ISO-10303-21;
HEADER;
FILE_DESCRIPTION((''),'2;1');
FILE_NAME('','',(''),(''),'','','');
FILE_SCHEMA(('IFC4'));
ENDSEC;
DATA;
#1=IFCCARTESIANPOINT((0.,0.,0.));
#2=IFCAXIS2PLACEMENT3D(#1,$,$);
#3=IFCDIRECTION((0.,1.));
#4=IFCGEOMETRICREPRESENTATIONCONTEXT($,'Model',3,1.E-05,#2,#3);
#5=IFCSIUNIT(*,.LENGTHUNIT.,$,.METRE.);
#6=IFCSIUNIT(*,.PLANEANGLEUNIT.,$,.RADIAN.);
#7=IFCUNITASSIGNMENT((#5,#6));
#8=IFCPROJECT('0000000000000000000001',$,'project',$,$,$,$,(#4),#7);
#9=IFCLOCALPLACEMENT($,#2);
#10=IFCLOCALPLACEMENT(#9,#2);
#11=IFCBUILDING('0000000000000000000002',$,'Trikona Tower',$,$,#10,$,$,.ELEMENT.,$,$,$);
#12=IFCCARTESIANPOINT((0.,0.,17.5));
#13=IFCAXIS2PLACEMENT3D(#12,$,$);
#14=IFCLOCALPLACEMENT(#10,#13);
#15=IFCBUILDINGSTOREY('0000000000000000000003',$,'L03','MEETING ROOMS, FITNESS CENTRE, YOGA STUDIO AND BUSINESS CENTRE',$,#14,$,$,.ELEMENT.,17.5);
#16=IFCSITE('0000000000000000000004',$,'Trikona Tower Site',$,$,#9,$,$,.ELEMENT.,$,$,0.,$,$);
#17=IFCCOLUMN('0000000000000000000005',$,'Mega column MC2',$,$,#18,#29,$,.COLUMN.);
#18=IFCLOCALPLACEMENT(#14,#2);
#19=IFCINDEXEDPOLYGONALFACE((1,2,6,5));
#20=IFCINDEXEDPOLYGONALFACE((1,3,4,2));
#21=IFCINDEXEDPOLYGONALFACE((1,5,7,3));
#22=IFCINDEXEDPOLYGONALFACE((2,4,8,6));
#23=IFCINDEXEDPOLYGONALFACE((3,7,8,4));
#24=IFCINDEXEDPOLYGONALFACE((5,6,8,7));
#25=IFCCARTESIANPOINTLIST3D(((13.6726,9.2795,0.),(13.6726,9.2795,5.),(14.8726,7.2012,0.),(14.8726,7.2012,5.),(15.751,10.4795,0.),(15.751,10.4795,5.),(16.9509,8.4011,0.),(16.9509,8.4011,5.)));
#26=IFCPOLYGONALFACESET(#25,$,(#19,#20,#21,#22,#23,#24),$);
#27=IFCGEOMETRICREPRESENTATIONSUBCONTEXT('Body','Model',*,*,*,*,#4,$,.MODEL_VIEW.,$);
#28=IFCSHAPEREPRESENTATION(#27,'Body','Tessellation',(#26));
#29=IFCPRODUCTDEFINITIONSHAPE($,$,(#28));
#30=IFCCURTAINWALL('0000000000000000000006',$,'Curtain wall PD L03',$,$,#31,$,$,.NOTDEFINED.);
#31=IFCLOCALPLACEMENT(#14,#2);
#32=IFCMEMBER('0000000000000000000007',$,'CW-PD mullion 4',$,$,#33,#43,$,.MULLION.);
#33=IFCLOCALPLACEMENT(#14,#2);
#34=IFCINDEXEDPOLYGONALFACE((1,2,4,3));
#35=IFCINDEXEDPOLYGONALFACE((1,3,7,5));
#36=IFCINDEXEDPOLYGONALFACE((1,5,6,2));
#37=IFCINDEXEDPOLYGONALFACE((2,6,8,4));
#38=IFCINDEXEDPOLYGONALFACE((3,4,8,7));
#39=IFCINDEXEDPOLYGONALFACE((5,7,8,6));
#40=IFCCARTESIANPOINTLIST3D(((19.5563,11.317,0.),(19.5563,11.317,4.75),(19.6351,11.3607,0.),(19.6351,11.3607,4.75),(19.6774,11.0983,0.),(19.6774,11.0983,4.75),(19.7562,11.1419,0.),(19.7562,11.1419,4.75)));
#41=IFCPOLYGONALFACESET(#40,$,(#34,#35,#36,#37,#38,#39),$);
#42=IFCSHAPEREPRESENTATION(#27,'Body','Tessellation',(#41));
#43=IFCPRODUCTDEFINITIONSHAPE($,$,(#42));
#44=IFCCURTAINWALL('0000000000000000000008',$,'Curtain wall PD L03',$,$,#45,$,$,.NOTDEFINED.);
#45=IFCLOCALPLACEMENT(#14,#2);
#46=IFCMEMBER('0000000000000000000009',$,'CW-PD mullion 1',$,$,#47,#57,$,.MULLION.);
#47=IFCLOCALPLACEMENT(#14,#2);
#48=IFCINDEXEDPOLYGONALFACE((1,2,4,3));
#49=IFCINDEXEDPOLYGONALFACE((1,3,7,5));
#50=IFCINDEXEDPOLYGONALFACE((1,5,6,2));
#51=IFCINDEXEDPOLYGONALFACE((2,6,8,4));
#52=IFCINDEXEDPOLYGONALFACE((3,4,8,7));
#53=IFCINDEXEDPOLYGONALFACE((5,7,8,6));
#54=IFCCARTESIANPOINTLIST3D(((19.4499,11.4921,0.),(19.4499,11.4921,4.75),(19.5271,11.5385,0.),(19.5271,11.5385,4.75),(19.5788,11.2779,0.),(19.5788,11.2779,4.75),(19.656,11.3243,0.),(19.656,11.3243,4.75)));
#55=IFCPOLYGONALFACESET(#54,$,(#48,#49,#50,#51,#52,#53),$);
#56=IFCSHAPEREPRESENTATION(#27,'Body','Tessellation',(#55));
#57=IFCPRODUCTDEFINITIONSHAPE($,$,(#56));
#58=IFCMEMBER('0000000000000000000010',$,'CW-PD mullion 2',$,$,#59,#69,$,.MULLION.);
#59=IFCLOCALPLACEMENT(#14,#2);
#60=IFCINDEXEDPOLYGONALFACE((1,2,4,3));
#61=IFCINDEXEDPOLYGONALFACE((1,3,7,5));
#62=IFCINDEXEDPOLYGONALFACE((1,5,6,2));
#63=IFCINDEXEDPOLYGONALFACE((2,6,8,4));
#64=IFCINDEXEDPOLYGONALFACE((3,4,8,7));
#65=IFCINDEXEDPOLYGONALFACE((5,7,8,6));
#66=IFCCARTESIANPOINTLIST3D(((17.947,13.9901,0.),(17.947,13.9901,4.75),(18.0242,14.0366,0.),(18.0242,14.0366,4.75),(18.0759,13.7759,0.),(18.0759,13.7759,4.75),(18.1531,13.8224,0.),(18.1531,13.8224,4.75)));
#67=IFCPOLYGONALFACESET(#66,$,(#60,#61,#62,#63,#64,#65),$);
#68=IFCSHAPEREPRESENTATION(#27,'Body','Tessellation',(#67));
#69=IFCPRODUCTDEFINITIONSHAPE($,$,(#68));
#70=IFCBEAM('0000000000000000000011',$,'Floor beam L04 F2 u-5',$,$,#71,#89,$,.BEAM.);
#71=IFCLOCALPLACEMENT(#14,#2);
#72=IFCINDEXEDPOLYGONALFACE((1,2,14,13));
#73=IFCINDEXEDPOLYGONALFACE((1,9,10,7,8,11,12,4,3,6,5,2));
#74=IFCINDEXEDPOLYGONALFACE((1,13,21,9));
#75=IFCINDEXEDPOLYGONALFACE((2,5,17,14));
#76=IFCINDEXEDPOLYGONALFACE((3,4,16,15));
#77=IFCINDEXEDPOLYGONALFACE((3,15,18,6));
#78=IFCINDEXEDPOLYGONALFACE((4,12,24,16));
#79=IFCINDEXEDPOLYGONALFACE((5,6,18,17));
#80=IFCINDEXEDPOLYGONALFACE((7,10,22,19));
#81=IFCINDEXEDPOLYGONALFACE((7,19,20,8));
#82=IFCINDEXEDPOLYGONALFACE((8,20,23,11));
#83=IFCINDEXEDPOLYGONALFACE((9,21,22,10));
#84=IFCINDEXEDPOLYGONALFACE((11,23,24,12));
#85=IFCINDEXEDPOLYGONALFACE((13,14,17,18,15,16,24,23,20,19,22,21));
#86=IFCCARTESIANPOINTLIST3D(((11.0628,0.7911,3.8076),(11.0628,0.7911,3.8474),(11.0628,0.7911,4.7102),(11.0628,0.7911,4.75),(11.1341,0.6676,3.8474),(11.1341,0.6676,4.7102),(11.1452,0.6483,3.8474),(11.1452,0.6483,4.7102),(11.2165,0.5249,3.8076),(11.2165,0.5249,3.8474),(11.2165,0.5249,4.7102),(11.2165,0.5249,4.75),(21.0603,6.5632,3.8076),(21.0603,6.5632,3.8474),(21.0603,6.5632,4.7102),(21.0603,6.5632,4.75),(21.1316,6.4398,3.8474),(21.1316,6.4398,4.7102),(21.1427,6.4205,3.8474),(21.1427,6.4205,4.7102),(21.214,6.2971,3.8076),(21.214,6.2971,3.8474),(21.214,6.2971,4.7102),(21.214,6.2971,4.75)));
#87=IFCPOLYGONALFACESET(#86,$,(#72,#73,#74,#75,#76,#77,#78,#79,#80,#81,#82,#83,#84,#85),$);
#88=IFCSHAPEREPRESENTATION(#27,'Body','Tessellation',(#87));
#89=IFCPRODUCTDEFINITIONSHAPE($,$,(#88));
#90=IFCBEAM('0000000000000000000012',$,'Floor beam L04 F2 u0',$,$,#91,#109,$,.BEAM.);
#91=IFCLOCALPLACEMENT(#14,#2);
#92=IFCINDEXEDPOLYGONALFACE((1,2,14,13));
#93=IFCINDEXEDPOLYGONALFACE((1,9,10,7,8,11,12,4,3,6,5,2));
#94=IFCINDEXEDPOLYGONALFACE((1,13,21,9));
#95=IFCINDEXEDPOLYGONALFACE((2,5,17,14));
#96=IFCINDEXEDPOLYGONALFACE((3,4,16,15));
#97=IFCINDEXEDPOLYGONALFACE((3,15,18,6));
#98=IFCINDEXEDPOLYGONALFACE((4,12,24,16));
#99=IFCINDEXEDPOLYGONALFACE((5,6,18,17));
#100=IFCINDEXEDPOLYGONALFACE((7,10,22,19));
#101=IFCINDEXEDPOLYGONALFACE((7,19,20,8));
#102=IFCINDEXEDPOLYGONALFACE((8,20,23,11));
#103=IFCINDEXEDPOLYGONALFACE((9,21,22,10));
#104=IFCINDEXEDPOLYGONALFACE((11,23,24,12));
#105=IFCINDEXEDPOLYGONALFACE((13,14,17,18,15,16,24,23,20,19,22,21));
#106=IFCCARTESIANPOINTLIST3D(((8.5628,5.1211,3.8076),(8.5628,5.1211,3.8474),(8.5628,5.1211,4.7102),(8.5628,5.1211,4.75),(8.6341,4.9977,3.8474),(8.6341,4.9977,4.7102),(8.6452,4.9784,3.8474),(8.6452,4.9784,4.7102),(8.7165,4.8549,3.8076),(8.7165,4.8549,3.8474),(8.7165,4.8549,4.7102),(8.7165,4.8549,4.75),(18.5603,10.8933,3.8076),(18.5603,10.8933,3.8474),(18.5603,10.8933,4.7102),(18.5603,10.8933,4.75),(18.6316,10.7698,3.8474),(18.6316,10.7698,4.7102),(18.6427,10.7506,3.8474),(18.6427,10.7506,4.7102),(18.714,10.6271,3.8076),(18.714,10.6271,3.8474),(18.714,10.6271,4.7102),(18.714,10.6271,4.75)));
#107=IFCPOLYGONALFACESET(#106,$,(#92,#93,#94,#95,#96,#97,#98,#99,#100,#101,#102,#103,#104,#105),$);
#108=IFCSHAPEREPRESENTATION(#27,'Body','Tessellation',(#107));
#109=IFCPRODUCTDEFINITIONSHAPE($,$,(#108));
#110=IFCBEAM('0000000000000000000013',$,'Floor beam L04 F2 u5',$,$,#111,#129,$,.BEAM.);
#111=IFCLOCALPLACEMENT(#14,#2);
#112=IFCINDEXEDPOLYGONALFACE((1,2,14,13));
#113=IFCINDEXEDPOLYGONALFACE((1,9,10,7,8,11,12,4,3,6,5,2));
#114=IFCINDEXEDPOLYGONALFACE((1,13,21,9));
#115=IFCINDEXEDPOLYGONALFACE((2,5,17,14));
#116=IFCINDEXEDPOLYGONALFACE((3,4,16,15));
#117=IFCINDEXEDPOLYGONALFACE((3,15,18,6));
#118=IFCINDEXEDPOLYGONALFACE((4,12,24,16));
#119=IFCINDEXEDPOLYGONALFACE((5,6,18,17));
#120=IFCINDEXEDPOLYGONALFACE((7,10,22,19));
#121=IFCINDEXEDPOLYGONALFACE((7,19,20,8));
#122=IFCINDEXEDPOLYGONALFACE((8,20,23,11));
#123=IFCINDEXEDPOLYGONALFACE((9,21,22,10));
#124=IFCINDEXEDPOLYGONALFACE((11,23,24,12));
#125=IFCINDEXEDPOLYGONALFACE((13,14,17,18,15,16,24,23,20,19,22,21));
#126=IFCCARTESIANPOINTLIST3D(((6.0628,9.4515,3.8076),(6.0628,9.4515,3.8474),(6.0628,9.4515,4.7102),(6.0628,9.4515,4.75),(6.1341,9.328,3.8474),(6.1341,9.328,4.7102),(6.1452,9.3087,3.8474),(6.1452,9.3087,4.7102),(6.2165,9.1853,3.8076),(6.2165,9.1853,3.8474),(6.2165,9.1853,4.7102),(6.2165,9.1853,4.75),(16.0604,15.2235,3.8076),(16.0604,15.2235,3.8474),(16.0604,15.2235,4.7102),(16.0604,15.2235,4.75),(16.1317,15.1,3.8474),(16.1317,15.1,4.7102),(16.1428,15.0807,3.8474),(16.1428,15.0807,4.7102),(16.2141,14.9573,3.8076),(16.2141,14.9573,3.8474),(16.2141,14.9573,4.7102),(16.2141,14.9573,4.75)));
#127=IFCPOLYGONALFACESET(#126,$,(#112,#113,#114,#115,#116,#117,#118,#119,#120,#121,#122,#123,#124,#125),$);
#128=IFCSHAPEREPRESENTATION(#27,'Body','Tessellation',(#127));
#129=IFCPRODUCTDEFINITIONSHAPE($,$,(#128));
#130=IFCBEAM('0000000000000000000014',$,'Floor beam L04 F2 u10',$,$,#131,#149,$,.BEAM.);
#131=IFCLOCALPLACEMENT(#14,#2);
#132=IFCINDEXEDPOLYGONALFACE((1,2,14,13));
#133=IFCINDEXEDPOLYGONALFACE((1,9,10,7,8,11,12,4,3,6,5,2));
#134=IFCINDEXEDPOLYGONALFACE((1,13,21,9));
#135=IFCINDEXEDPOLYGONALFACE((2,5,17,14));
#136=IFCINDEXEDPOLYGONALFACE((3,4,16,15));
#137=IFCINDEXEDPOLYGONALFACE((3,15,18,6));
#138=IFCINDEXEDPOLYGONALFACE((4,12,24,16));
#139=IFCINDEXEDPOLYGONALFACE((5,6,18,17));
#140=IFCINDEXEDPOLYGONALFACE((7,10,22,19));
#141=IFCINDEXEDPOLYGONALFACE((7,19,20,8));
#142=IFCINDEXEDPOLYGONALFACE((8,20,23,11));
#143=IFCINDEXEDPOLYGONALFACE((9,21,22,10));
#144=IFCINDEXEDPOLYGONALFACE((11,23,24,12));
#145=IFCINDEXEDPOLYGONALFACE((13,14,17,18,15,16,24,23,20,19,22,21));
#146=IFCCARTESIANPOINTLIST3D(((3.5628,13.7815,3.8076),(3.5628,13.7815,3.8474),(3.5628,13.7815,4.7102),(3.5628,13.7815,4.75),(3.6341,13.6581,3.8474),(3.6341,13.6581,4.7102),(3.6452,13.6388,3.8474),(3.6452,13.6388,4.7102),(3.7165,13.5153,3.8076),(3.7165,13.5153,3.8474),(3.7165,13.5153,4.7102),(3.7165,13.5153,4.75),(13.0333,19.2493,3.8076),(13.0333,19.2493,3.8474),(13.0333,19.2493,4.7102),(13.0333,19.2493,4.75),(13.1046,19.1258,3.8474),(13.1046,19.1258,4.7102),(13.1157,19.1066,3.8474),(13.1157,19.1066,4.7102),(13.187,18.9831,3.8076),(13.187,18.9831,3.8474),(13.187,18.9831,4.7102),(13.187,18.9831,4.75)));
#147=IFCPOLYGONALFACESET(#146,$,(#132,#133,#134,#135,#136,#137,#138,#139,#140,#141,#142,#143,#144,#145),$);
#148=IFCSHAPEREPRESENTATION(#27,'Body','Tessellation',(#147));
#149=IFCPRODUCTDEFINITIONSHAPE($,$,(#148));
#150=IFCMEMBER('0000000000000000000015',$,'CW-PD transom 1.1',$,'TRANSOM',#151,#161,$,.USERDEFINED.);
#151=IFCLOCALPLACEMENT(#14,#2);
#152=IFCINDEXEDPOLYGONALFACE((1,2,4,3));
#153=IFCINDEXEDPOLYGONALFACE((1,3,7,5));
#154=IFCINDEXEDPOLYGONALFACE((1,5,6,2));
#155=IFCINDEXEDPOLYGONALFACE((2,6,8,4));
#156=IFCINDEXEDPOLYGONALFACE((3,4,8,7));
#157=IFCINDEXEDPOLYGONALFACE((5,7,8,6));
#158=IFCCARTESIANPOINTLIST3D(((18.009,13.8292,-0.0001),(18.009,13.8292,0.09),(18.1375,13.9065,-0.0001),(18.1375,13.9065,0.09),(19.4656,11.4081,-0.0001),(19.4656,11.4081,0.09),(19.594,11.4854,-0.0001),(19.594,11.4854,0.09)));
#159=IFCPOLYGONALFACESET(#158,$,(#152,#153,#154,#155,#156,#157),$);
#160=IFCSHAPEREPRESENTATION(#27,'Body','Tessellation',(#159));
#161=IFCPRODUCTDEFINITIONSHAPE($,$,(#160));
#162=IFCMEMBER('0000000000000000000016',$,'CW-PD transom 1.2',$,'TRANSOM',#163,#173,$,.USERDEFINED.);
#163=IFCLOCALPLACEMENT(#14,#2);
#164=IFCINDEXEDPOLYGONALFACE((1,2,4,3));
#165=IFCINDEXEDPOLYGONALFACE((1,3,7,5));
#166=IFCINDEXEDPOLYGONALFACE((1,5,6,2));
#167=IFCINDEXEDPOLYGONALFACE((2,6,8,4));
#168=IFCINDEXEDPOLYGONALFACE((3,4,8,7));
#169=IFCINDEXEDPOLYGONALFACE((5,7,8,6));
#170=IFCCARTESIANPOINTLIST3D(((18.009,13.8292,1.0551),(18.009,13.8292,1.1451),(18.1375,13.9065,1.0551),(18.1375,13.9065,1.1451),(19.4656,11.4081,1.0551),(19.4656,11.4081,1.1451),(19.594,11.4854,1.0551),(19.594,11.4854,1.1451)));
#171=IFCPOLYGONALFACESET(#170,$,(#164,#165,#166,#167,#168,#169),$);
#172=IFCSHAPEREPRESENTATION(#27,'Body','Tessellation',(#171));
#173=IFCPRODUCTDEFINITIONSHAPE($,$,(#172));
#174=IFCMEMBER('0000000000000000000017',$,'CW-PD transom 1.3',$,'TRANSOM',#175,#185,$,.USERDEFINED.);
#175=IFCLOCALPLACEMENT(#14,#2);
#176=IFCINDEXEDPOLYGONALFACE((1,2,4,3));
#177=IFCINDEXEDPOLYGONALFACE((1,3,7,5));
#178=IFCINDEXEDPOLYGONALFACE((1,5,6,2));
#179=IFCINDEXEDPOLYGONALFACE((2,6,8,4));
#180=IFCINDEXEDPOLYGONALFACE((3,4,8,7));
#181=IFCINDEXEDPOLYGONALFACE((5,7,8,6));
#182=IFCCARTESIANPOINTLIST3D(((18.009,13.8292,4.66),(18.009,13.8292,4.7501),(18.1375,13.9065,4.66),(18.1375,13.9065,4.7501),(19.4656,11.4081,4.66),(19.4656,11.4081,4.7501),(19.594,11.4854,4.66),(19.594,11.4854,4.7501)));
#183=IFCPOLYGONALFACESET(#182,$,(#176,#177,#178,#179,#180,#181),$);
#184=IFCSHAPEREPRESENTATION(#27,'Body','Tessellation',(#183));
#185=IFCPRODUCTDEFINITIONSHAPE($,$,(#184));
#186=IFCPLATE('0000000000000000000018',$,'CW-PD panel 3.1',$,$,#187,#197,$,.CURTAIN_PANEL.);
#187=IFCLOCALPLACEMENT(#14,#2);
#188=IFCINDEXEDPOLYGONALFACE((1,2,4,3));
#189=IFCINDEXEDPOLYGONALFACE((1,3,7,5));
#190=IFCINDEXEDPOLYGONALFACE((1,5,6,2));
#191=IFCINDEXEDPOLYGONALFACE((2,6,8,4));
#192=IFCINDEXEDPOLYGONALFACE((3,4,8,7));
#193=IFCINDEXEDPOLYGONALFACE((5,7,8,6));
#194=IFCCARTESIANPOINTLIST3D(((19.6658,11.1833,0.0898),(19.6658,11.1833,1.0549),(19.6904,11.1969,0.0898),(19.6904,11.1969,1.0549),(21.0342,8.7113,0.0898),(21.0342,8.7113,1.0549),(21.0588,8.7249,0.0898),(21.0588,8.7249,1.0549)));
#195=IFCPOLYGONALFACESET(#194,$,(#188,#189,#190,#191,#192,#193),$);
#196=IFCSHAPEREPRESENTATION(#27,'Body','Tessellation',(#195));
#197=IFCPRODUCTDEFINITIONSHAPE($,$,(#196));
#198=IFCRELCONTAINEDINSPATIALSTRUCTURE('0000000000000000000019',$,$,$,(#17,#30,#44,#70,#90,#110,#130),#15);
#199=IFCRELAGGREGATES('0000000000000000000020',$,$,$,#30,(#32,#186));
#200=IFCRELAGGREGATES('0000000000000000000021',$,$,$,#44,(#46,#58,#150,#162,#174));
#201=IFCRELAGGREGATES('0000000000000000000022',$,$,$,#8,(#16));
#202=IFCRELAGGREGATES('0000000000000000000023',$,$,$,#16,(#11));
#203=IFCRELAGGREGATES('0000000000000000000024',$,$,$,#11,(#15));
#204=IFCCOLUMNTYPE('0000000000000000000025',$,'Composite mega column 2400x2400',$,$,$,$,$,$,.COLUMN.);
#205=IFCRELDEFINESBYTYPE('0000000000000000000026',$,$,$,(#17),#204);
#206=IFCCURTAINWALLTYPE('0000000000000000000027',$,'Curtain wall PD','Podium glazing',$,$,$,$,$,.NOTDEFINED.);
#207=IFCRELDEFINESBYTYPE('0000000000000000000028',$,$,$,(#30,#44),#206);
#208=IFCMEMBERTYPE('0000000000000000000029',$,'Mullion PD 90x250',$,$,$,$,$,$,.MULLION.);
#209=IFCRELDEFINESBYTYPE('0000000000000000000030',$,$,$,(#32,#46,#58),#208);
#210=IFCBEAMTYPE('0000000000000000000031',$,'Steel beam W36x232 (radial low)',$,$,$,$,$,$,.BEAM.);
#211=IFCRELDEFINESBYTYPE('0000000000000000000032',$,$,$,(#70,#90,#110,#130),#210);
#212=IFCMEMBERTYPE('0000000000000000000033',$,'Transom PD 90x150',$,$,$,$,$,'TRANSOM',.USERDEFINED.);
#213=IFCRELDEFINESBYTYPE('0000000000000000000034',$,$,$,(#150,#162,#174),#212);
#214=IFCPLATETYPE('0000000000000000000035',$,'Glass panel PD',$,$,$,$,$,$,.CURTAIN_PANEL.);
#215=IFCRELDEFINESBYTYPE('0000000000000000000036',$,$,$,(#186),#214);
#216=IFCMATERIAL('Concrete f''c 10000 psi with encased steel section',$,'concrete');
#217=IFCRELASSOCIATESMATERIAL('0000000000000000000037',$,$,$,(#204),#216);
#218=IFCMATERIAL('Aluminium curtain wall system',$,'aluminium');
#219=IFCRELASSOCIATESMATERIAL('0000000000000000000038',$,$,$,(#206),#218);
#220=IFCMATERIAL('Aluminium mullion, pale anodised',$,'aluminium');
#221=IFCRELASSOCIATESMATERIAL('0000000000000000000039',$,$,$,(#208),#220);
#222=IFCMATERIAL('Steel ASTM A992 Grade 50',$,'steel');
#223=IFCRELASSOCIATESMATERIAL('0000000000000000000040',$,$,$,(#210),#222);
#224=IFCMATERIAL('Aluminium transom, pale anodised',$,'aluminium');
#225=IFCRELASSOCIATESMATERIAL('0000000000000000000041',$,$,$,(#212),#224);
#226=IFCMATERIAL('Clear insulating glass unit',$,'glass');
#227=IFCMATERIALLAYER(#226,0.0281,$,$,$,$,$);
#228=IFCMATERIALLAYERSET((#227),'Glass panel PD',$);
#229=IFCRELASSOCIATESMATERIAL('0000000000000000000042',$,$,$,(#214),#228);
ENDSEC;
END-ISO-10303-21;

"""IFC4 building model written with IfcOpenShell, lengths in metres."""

from ifc_helpers import new_model, si_unit, direction, frame, origin, origin_2d, place, context, subcontext, project, spatial, rectangle, i_section, extrude, material, layer, layer_set, material_profile, profile_set, type_object, element, aggregate, save


model = new_model("IFC4")

# Units and contexts
model_context = context("Model", 3, precision=1e-05, world=origin(), true_north=direction((0.0, 1.0)))
body_context = subcontext(model_context, "Body", "Model", "MODEL_VIEW")
ifc_project = project(units=[si_unit("LENGTHUNIT", "METRE"), si_unit("PLANEANGLEUNIT", "RADIAN")], contexts=[model_context])

# Site, building, storey
site_placement = place(None, origin())
site = spatial("IfcSite", under=ifc_project, at=site_placement, Name="Trikona Tower Site", CompositionType="ELEMENT", RefElevation=0.0)
building_placement = place(site_placement, origin())
building = spatial("IfcBuilding", under=site, at=building_placement, Name="Trikona Tower", CompositionType="ELEMENT")
storey_placement = place(building_placement, frame((0.0, 0.0, 17.5)))
storey = spatial("IfcBuildingStorey", under=building, at=storey_placement, Name="L03", Description="MEETING ROOMS, FITNESS CENTRE, YOGA STUDIO AND BUSINESS CENTRE", CompositionType="ELEMENT", Elevation=17.5)

# Column
ifc_material_1 = material(Name="Concrete f'c 10000 psi with encased steel section", Category="concrete")
ifc_material_profile_1 = material_profile(ifc_material_1, rectangle(XDim=2.3999, YDim=2.3999, at=origin_2d()), Name="MC2400")
ifc_profile_set_1 = profile_set([ifc_material_profile_1], Name="Concrete f'c 10000 psi with encased steel section")
column_type = type_object("IfcColumnType", Name="Composite mega column 2400x2400", PredefinedType="COLUMN", material=ifc_profile_set_1)
column_placement = place(storey_placement, frame((15.3118, 8.8403, 0.0), z_axis=(0.0, 0.0, 1.0), x_axis=(0.866025, 0.5, 0.0)))
element("IfcColumn", 1, at=column_placement, inside=storey, type_object=column_type, Name="Mega column MC2", PredefinedType="COLUMN", context=body_context, shape_type="SweptSolid", body=[
    extrude(rectangle(XDim=2.3999, YDim=2.3999, at=origin_2d()), origin(), (0.0, 0.0, 1.0), 5.0),
])

# Curtain wall, member
ifc_material_2 = material(Name="Aluminium curtain wall system", Category="aluminium")
curtain_wall_type = type_object("IfcCurtainWallType", Name="Curtain wall PD", Description="Podium glazing", PredefinedType="NOTDEFINED", material=ifc_material_2)
curtain_wall_1_placement = place(storey_placement, origin())
curtain_wall_1 = element("IfcCurtainWall", 2, at=curtain_wall_1_placement, inside=storey, type_object=curtain_wall_type, Name="Curtain wall PD L03", PredefinedType="NOTDEFINED")
ifc_material_3 = material(Name="Aluminium mullion, pale anodised", Category="aluminium")
ifc_material_profile_2 = material_profile(ifc_material_3, rectangle(XDim=0.0901, YDim=0.25, at=origin_2d()), Name="MUL-PD")
ifc_profile_set_2 = profile_set([ifc_material_profile_2], Name="Aluminium mullion, pale anodised")
member_type_1 = type_object("IfcMemberType", Name="Mullion PD 90x250", PredefinedType="MULLION", material=ifc_profile_set_2)
member_1_placement = place(storey_placement, frame((19.6562, 11.2295, 0.0), z_axis=(0.0, 0.0, 1.0), x_axis=(-0.874884, -0.484332, 0.0)))
member_1 = element("IfcMember", 3, at=member_1_placement, type_object=member_type_1, Name="CW-PD mullion 4", PredefinedType="MULLION", context=body_context, shape_type="SweptSolid", body=[
    extrude(rectangle(XDim=0.0901, YDim=0.25, at=origin_2d()), origin(), (0.0, 0.0, 1.0), 4.75),
])

# Curtain wall, members
curtain_wall_2_placement = place(storey_placement, origin())
curtain_wall_2 = element("IfcCurtainWall", 4, at=curtain_wall_2_placement, inside=storey, type_object=curtain_wall_type, Name="Curtain wall PD L03", PredefinedType="NOTDEFINED")
member_2_placement = place(storey_placement, frame((19.553, 11.4082, 0.0), z_axis=(0.0, 0.0, 1.0), x_axis=(-0.85688, -0.515515, 0.0)))
member_2 = element("IfcMember", 5, at=member_2_placement, type_object=member_type_1, Name="CW-PD mullion 1", PredefinedType="MULLION", context=body_context, shape_type="SweptSolid", body=[
    extrude(rectangle(XDim=0.0901, YDim=0.25, at=origin_2d()), origin(), (0.0, 0.0, 1.0), 4.75),
])
member_3_placement = place(storey_placement, frame((18.05, 13.9062, 0.0), z_axis=(0.0, 0.0, 1.0), x_axis=(-0.85688, -0.515515, 0.0)))
member_3 = element("IfcMember", 6, at=member_3_placement, type_object=member_type_1, Name="CW-PD mullion 2", PredefinedType="MULLION", context=body_context, shape_type="SweptSolid", body=[
    extrude(rectangle(XDim=0.0901, YDim=0.25, at=origin_2d()), origin(), (0.0, 0.0, 1.0), 4.75),
])

# Beams
ifc_material_4 = material(Name="Steel ASTM A992 Grade 50", Category="steel")
ifc_material_profile_3 = material_profile(ifc_material_4, i_section(OverallWidth=0.3074, OverallDepth=0.9424, WebThickness=0.0222, FlangeThickness=0.0398, at=origin_2d()), Name="W36X232")
ifc_profile_set_3 = profile_set([ifc_material_profile_3], Name="Steel ASTM A992 Grade 50")
beam_type = type_object("IfcBeamType", Name="Steel beam W36x232 (radial low)", PredefinedType="BEAM", material=ifc_profile_set_3)
for number, where, z_axis, x_axis, name in (
    (7, (11.1396, 0.658, 4.2788), (0.866021, 0.500008, 0.0), (-0.500008, 0.866021, 0.0), "Floor beam L04 F2 u-5"),
    (8, (8.6396, 4.988, 4.2788), (0.866021, 0.500008, 0.0), (-0.500008, 0.866021, 0.0), "Floor beam L04 F2 u0"),
    (9, (6.1396, 9.3184, 4.2788), (0.86603, 0.499992, 0.0), (-0.499992, 0.86603, 0.0), "Floor beam L04 F2 u5"),
):
    element("IfcBeam", number, at=place(storey_placement, frame(where, z_axis=z_axis, x_axis=x_axis)), inside=storey, type_object=beam_type, Name=name, PredefinedType="BEAM", context=body_context, shape_type="SweptSolid", body=[
        extrude(i_section(OverallWidth=0.3074, OverallDepth=0.9424, WebThickness=0.0222, FlangeThickness=0.0398, at=origin_2d()), origin(), (0.0, 0.0, 1.0), 11.5442),
    ])
beam_placement = place(storey_placement, frame((3.6396, 13.6484, 4.2788), z_axis=(0.866025, 0.5, 0.0), x_axis=(-0.5, 0.866025, 0.0)))
element("IfcBeam", 10, at=beam_placement, inside=storey, type_object=beam_type, Name="Floor beam L04 F2 u10", PredefinedType="BEAM", context=body_context, shape_type="SweptSolid", body=[
    extrude(i_section(OverallWidth=0.3074, OverallDepth=0.9424, WebThickness=0.0222, FlangeThickness=0.0398, at=origin_2d()), origin(), (0.0, 0.0, 1.0), 10.9355),
])

# Members
ifc_material_5 = material(Name="Aluminium transom, pale anodised", Category="aluminium")
ifc_material_profile_4 = material_profile(ifc_material_5, rectangle(XDim=0.1499, YDim=0.0901, at=origin_2d()), Name="TRN-PD")
ifc_profile_set_4 = profile_set([ifc_material_profile_4], Name="Aluminium transom, pale anodised")
member_type_2 = type_object("IfcMemberType", Name="Transom PD 90x150", ElementType="TRANSOM", PredefinedType="USERDEFINED", material=ifc_profile_set_4)
member_4_placement = place(storey_placement, frame((19.5298, 11.4468, 0.0449), z_axis=(-0.515499, 0.85689, 0.0), x_axis=(-0.85689, -0.515499, 0.0)))
member_4 = element("IfcMember", 11, at=member_4_placement, type_object=member_type_2, Name="CW-PD transom 1.1", ObjectType="TRANSOM", PredefinedType="USERDEFINED", context=body_context, shape_type="SweptSolid", body=[
    extrude(rectangle(XDim=0.1499, YDim=0.0901, at=origin_2d()), origin(), (0.0, 0.0, 1.0), 2.8254),
])
member_5_placement = place(storey_placement, frame((19.5298, 11.4468, 1.1001), z_axis=(-0.515499, 0.85689, 0.0), x_axis=(-0.85689, -0.515499, 0.0)))
member_5 = element("IfcMember", 12, at=member_5_placement, type_object=member_type_2, Name="CW-PD transom 1.2", ObjectType="TRANSOM", PredefinedType="USERDEFINED", context=body_context, shape_type="SweptSolid", body=[
    extrude(rectangle(XDim=0.1499, YDim=0.0901, at=origin_2d()), origin(), (0.0, 0.0, 1.0), 2.8254),
])
member_6_placement = place(storey_placement, frame((19.5298, 11.4468, 4.7051), z_axis=(-0.515499, 0.85689, 0.0), x_axis=(-0.85689, -0.515499, 0.0)))
member_6 = element("IfcMember", 13, at=member_6_placement, type_object=member_type_2, Name="CW-PD transom 1.3", ObjectType="TRANSOM", PredefinedType="USERDEFINED", context=body_context, shape_type="SweptSolid", body=[
    extrude(rectangle(XDim=0.1499, YDim=0.0901, at=origin_2d()), origin(), (0.0, 0.0, 1.0), 2.8254),
])

# Plate
ifc_material_6 = material(Name="Clear insulating glass unit", Category="glass")
ifc_layer_1 = layer(ifc_material_6, 0.0281)
ifc_layer_set_1 = layer_set([ifc_layer_1], Name="Glass panel PD")
plate_type = type_object("IfcPlateType", Name="Glass panel PD", PredefinedType="CURTAIN_PANEL", material=ifc_layer_set_1)
plate_1_placement = place(storey_placement, frame((20.3623, 9.9541, 0.0898), z_axis=(0.0, 0.0, 1.0), x_axis=(-0.484332, 0.874884, 0.0)))
plate_1 = element("IfcPlate", 14, at=plate_1_placement, type_object=plate_type, Name="CW-PD panel 3.1", PredefinedType="CURTAIN_PANEL", context=body_context, shape_type="SweptSolid", body=[
    extrude(rectangle(XDim=2.8254, YDim=0.0281, at=origin_2d()), origin(), (0.0, 0.0, 1.0), 0.9651),
])
aggregate(curtain_wall_1, [member_1, plate_1])
aggregate(curtain_wall_2, [member_2, member_3, member_4, member_5, member_6])

save(model, "model.ifc")
